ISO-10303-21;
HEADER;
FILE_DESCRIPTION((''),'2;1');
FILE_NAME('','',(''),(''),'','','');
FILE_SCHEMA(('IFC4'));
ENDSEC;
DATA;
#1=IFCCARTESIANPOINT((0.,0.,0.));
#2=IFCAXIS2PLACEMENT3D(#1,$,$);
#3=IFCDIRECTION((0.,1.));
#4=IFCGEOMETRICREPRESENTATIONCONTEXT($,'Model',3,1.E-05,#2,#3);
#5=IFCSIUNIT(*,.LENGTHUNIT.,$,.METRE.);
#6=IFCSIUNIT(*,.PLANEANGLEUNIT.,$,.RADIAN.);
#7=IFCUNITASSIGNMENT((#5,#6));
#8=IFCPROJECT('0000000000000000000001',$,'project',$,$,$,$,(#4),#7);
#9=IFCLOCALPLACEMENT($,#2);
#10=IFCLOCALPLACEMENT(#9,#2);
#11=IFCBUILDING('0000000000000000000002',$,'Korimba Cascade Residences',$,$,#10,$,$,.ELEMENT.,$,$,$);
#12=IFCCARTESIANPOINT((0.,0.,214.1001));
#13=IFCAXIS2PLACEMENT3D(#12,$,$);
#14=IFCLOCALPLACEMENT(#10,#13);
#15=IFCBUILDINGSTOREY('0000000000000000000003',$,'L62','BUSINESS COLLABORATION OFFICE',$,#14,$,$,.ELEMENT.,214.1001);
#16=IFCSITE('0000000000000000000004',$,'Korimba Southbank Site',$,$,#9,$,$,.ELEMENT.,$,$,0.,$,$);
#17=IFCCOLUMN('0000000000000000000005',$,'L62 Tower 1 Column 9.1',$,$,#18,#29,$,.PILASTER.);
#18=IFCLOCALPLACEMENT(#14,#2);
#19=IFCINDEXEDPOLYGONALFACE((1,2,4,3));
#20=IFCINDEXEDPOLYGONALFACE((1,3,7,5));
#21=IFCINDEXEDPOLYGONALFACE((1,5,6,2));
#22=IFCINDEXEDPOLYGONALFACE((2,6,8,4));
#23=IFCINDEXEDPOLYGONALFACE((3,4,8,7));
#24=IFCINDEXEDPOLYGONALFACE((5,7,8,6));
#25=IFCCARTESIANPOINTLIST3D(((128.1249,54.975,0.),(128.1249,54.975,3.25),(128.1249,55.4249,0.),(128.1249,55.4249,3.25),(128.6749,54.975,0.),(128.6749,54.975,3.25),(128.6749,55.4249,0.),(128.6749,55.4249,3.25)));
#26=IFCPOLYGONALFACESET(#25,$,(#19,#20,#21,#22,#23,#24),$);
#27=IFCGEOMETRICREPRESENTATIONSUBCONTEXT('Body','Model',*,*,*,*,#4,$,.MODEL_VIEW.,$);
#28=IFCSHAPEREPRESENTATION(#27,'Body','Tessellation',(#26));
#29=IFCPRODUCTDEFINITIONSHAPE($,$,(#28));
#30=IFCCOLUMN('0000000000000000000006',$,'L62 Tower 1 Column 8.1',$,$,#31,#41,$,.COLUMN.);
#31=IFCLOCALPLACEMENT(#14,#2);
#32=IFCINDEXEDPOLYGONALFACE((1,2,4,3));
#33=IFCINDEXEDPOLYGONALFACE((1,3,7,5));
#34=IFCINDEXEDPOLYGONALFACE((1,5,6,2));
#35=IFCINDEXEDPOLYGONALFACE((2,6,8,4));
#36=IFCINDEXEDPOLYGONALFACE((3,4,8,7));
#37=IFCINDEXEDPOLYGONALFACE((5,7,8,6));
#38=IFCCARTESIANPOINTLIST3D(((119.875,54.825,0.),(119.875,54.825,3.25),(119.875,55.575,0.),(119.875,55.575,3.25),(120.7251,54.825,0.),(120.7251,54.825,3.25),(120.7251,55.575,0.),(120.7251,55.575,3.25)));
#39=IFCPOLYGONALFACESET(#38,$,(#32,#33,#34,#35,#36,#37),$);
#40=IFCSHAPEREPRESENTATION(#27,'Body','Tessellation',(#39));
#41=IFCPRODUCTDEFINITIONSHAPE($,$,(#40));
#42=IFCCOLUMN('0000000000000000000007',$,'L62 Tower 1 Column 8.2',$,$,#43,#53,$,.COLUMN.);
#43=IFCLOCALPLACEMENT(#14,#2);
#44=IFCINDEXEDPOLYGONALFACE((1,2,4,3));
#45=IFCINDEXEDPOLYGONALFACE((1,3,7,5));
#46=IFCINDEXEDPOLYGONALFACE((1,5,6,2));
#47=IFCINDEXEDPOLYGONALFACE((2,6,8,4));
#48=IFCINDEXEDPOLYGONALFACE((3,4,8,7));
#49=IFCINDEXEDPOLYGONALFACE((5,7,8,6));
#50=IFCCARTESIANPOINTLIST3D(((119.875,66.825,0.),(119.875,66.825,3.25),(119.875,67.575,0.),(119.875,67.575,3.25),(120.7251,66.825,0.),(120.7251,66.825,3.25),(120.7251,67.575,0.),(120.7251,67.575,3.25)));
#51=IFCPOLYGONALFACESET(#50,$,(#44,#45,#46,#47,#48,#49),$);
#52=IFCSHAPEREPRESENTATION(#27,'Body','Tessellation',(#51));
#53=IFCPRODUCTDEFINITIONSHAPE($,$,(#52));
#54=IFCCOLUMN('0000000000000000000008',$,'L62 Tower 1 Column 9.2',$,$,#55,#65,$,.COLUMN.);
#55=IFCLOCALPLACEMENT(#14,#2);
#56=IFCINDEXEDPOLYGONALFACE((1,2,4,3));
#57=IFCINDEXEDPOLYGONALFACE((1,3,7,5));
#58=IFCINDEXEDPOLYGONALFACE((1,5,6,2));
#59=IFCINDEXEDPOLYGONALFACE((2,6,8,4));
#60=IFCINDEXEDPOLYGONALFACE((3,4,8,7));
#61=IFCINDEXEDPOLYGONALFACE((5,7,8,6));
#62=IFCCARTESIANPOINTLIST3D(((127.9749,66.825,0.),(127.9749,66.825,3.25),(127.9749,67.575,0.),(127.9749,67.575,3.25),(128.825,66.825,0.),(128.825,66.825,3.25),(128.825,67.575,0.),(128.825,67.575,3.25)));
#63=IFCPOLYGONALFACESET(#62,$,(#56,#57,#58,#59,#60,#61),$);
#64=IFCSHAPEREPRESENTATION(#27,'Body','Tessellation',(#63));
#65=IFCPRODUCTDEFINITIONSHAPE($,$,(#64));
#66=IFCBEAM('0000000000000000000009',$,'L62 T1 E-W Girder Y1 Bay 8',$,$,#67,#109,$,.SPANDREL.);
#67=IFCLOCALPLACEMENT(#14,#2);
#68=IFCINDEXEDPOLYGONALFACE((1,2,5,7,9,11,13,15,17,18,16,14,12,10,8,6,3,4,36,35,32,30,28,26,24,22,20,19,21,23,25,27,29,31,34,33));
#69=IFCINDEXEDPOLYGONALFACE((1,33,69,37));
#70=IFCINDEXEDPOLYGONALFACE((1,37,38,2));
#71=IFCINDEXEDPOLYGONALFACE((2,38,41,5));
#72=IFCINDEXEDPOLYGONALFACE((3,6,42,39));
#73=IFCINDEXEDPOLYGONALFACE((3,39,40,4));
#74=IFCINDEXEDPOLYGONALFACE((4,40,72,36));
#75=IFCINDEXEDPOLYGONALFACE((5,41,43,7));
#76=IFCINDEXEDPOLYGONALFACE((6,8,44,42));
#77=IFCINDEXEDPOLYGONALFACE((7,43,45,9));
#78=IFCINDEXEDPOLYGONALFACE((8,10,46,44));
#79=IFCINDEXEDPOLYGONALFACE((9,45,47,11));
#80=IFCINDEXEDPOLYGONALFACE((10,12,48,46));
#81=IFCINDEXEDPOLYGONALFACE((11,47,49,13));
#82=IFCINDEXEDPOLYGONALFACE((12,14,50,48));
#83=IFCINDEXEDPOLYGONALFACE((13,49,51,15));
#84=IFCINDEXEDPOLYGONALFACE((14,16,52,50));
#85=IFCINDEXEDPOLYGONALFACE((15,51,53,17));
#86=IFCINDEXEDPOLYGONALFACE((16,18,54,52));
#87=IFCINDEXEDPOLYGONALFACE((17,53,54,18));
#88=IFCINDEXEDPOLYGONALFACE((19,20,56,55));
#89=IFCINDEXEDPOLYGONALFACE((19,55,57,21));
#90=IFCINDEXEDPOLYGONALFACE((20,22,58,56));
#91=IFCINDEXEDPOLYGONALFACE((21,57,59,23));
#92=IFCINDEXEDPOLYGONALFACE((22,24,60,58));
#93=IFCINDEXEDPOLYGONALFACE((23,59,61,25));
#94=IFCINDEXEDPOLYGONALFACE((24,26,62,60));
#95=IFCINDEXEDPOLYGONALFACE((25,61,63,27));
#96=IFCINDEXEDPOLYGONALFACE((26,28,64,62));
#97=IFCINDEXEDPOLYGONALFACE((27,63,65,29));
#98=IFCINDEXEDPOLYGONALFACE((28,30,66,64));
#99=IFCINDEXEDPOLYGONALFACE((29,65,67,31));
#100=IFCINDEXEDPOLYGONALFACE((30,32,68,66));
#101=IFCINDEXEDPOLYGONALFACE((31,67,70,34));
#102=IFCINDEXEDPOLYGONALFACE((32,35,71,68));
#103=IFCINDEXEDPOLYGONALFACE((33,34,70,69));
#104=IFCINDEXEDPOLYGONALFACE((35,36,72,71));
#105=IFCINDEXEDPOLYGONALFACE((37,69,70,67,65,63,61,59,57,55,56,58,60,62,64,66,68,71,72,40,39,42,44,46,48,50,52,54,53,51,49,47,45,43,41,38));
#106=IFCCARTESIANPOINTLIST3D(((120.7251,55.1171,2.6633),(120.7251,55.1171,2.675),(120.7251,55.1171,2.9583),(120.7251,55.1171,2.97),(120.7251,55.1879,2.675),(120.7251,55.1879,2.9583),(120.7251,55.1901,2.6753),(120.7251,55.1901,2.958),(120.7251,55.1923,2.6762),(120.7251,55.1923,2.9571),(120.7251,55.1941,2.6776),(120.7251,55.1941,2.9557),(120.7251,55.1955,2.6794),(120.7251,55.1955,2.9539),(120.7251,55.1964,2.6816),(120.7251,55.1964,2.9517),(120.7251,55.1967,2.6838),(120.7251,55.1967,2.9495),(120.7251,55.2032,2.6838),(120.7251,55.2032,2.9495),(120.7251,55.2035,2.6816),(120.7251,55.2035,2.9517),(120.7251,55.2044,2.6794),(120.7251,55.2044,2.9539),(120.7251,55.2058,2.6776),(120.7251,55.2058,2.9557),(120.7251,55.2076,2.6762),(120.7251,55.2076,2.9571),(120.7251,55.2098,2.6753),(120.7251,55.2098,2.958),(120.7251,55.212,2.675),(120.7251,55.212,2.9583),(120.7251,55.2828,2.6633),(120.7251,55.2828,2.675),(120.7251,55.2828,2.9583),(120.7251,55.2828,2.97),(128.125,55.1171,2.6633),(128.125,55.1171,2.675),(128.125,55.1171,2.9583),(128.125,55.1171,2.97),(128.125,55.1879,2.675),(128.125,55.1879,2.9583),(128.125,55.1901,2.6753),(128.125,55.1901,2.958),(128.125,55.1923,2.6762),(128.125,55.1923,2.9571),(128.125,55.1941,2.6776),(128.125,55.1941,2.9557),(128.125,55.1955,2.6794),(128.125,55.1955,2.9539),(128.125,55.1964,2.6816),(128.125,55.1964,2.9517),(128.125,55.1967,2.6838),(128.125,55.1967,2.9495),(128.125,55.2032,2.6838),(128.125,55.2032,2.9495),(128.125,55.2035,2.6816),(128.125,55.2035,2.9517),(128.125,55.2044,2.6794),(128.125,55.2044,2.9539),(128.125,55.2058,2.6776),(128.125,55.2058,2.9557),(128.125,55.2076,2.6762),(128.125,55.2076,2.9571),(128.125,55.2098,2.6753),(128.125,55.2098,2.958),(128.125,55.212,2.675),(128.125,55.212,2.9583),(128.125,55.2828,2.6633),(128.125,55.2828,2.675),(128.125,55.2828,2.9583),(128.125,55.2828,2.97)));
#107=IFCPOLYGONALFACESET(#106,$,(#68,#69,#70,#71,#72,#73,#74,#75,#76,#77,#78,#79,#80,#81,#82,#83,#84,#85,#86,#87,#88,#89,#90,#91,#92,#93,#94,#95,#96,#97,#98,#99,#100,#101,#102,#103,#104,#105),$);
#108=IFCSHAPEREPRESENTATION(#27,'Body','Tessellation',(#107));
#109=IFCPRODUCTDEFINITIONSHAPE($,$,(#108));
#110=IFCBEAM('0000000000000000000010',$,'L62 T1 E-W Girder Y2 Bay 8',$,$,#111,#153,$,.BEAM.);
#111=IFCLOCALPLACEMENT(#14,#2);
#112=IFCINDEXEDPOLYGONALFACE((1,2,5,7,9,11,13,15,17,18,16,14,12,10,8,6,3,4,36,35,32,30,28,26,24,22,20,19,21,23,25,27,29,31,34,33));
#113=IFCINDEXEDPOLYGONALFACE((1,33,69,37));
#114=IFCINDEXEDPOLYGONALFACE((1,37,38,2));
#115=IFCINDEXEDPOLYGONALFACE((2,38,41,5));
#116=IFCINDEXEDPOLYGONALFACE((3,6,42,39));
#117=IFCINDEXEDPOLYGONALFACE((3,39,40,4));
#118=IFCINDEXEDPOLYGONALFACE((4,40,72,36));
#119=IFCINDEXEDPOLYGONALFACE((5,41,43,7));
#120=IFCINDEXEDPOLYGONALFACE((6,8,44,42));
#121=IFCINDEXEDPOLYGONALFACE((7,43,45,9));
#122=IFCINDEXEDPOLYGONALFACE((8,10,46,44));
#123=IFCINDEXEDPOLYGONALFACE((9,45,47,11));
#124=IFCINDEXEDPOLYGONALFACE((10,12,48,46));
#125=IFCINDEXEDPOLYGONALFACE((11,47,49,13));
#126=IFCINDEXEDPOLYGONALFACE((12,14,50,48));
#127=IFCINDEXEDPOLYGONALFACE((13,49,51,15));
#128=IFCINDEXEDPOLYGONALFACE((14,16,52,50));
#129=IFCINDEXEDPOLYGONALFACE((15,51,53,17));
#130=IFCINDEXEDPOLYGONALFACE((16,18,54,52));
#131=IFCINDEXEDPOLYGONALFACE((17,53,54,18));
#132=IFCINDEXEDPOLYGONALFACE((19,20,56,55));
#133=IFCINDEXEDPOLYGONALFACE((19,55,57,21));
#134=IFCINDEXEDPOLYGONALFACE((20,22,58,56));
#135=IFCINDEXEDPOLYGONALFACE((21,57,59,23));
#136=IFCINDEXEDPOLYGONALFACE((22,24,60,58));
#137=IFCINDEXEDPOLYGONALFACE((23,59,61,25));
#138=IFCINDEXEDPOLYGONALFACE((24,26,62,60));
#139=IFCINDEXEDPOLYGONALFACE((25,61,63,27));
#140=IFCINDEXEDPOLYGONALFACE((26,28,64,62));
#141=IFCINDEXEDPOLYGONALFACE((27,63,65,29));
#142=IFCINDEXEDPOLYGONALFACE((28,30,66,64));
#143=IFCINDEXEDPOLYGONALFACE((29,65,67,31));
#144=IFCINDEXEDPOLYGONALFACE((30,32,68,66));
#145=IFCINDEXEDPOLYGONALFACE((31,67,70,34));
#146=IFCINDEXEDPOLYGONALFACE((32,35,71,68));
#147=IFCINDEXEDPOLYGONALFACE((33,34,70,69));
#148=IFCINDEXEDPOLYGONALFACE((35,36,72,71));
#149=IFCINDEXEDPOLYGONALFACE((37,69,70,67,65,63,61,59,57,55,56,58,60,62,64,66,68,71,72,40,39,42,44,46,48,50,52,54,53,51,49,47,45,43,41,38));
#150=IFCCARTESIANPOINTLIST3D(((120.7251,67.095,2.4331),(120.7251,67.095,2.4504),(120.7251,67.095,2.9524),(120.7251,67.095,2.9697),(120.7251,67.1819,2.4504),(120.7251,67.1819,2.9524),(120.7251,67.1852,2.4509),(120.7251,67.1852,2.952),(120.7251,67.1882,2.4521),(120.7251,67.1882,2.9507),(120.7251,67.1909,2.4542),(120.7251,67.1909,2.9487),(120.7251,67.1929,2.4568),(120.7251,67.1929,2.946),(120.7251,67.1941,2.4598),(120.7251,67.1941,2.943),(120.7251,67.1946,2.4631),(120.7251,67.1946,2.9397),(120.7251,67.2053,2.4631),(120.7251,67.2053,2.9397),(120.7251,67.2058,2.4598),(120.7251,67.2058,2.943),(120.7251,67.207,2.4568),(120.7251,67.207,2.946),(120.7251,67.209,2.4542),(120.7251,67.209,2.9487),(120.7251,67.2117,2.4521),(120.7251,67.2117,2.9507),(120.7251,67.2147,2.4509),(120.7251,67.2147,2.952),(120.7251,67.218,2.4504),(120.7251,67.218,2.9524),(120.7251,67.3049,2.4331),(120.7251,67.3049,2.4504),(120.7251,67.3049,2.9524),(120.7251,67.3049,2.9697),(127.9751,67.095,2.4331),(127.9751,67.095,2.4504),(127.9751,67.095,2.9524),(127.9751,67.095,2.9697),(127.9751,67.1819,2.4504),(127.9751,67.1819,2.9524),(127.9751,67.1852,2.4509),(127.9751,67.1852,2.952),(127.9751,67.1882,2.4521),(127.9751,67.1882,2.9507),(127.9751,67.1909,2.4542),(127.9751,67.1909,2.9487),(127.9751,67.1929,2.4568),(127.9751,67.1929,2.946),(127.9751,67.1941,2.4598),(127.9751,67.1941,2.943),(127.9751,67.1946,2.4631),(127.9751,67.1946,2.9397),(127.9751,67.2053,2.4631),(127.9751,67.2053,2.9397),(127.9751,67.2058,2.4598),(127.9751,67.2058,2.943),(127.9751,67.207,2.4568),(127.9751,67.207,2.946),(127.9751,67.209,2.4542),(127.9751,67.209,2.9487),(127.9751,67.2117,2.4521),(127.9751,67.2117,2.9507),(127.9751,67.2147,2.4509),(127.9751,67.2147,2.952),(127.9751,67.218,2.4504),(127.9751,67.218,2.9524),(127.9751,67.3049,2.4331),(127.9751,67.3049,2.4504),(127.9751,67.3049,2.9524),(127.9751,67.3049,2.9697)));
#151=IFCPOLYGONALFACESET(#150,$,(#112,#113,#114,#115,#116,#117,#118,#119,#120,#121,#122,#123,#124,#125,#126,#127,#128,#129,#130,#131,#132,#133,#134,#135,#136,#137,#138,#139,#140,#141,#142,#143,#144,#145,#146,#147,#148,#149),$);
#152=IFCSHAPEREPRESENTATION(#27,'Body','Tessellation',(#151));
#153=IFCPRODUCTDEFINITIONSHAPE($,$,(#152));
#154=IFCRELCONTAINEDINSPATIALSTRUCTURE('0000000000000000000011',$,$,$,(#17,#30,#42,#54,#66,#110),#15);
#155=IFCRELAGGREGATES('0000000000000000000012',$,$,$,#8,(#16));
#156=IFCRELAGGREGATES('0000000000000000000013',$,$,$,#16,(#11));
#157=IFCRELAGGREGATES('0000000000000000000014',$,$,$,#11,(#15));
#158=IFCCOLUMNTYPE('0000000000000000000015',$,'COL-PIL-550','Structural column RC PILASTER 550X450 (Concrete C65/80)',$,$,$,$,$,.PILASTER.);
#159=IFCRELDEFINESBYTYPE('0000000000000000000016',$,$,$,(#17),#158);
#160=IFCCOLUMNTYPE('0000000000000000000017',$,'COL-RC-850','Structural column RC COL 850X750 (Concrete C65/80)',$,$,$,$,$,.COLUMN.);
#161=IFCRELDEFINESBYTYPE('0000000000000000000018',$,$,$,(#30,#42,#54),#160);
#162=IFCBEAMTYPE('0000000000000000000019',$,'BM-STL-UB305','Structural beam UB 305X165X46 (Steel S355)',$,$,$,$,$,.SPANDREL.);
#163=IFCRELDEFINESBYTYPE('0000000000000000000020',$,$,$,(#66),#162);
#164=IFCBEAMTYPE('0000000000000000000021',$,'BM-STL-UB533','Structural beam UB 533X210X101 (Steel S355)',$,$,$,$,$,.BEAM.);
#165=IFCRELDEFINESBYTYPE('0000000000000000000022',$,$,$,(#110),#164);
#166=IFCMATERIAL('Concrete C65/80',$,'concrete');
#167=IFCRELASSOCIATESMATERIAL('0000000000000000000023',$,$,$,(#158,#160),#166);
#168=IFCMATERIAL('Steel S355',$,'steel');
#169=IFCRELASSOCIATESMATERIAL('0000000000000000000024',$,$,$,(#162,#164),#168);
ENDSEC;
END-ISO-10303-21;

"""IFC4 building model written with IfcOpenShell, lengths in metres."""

from ifc_helpers import new_model, si_unit, direction, frame, origin, origin_2d, place, context, subcontext, project, spatial, rectangle, i_section, extrude, material, material_profile, profile_set, type_object, element, save


model = new_model("IFC4")

# Units and contexts
model_context = context("Model", 3, precision=1e-05, world=origin(), true_north=direction((0.0, 1.0)))
body_context = subcontext(model_context, "Body", "Model", "MODEL_VIEW")
ifc_project = project(units=[si_unit("LENGTHUNIT", "METRE"), si_unit("PLANEANGLEUNIT", "RADIAN")], contexts=[model_context])

# Site, building, storey
site_placement = place(None, origin())
site = spatial("IfcSite", under=ifc_project, at=site_placement, Name="Korimba Southbank Site", CompositionType="ELEMENT", RefElevation=0.0)
building_placement = place(site_placement, origin())
building = spatial("IfcBuilding", under=site, at=building_placement, Name="Korimba Cascade Residences", CompositionType="ELEMENT")
storey_placement = place(building_placement, frame((0.0, 0.0, 214.1001)))
storey = spatial("IfcBuildingStorey", under=building, at=storey_placement, Name="L62", Description="BUSINESS COLLABORATION OFFICE", CompositionType="ELEMENT", Elevation=214.1001)

# Columns
ifc_material_1 = material(Name="Concrete C65/80", Category="concrete")
ifc_material_profile_1 = material_profile(ifc_material_1, rectangle(XDim=0.55, YDim=0.45, at=origin_2d()), Name="Concrete C65/80")
ifc_profile_set_1 = profile_set([ifc_material_profile_1], Name="Concrete C65/80")
column_type_1 = type_object("IfcColumnType", Name="COL-PIL-550", Description="Structural column RC PILASTER 550X450 (Concrete C65/80)", PredefinedType="PILASTER", material=ifc_profile_set_1)
column_placement = place(storey_placement, frame((128.3999, 55.2, 0.0), z_axis=(0.0, 0.0, 1.0), x_axis=(1.0, 0.0, 0.0)))
element("IfcColumn", 1, at=column_placement, inside=storey, type_object=column_type_1, Name="L62 Tower 1 Column 9.1", PredefinedType="PILASTER", context=body_context, shape_type="SweptSolid", body=[
    extrude(rectangle(XDim=0.55, YDim=0.45, at=origin_2d()), origin(), (0.0, 0.0, 1.0), 3.25),
])
ifc_material_profile_2 = material_profile(ifc_material_1, rectangle(XDim=0.8501, YDim=0.75, at=origin_2d()), Name="Concrete C65/80")
ifc_profile_set_2 = profile_set([ifc_material_profile_2], Name="Concrete C65/80")
column_type_2 = type_object("IfcColumnType", Name="COL-RC-850", Description="Structural column RC COL 850X750 (Concrete C65/80)", PredefinedType="COLUMN", material=ifc_profile_set_2)
for number, where, z_axis, x_axis, name in (
    (2, (120.3, 55.2, 0.0), (0.0, 0.0, 1.0), (1.0, 0.0, 0.0), "L62 Tower 1 Column 8.1"),
    (3, (120.3, 67.2, 0.0), (0.0, 0.0, 1.0), (1.0, 0.0, 0.0), "L62 Tower 1 Column 8.2"),
    (4, (128.3999, 67.2, 0.0), (0.0, 0.0, 1.0), (1.0, 0.0, 0.0), "L62 Tower 1 Column 9.2"),
):
    element("IfcColumn", number, at=place(storey_placement, frame(where, z_axis=z_axis, x_axis=x_axis)), inside=storey, type_object=column_type_2, Name=name, PredefinedType="COLUMN", context=body_context, shape_type="SweptSolid", body=[
        extrude(rectangle(XDim=0.8501, YDim=0.75, at=origin_2d()), origin(), (0.0, 0.0, 1.0), 3.25),
    ])

# Beams
ifc_material_2 = material(Name="Steel S355", Category="steel")
ifc_material_profile_3 = material_profile(ifc_material_2, i_section(OverallWidth=0.1658, OverallDepth=0.3066, WebThickness=0.0066, FlangeThickness=0.0117, FilletRadius=0.0088, at=origin_2d()), Name="Steel S355")
ifc_profile_set_3 = profile_set([ifc_material_profile_3], Name="Steel S355")
beam_type_1 = type_object("IfcBeamType", Name="BM-STL-UB305", Description="Structural beam UB 305X165X46 (Steel S355)", PredefinedType="SPANDREL", material=ifc_profile_set_3)
beam_1_placement = place(storey_placement, frame((120.7251, 55.2, 2.8167), z_axis=(1.0, 0.0, 0.0), x_axis=(0.0, 1.0, 0.0)))
element("IfcBeam", 5, at=beam_1_placement, inside=storey, type_object=beam_type_1, Name="L62 T1 E-W Girder Y1 Bay 8", PredefinedType="SPANDREL", context=body_context, shape_type="SweptSolid", body=[
    extrude(i_section(OverallWidth=0.1658, OverallDepth=0.3066, WebThickness=0.0066, FlangeThickness=0.0117, FilletRadius=0.0088, at=origin_2d()), origin(), (0.0, 0.0, 1.0), 7.3999),
])
ifc_material_profile_4 = material_profile(ifc_material_2, i_section(OverallWidth=0.21, OverallDepth=0.5366, WebThickness=0.0107, FlangeThickness=0.0173, FilletRadius=0.0127, at=origin_2d()), Name="Steel S355")
ifc_profile_set_4 = profile_set([ifc_material_profile_4], Name="Steel S355")
beam_type_2 = type_object("IfcBeamType", Name="BM-STL-UB533", Description="Structural beam UB 533X210X101 (Steel S355)", PredefinedType="BEAM", material=ifc_profile_set_4)
beam_2_placement = place(storey_placement, frame((120.7251, 67.2, 2.7014), z_axis=(1.0, 0.0, 0.0), x_axis=(0.0, 1.0, 0.0)))
element("IfcBeam", 6, at=beam_2_placement, inside=storey, type_object=beam_type_2, Name="L62 T1 E-W Girder Y2 Bay 8", PredefinedType="BEAM", context=body_context, shape_type="SweptSolid", body=[
    extrude(i_section(OverallWidth=0.21, OverallDepth=0.5366, WebThickness=0.0107, FlangeThickness=0.0173, FilletRadius=0.0127, at=origin_2d()), origin(), (0.0, 0.0, 1.0), 7.25),
])

save(model, "model.ifc")
